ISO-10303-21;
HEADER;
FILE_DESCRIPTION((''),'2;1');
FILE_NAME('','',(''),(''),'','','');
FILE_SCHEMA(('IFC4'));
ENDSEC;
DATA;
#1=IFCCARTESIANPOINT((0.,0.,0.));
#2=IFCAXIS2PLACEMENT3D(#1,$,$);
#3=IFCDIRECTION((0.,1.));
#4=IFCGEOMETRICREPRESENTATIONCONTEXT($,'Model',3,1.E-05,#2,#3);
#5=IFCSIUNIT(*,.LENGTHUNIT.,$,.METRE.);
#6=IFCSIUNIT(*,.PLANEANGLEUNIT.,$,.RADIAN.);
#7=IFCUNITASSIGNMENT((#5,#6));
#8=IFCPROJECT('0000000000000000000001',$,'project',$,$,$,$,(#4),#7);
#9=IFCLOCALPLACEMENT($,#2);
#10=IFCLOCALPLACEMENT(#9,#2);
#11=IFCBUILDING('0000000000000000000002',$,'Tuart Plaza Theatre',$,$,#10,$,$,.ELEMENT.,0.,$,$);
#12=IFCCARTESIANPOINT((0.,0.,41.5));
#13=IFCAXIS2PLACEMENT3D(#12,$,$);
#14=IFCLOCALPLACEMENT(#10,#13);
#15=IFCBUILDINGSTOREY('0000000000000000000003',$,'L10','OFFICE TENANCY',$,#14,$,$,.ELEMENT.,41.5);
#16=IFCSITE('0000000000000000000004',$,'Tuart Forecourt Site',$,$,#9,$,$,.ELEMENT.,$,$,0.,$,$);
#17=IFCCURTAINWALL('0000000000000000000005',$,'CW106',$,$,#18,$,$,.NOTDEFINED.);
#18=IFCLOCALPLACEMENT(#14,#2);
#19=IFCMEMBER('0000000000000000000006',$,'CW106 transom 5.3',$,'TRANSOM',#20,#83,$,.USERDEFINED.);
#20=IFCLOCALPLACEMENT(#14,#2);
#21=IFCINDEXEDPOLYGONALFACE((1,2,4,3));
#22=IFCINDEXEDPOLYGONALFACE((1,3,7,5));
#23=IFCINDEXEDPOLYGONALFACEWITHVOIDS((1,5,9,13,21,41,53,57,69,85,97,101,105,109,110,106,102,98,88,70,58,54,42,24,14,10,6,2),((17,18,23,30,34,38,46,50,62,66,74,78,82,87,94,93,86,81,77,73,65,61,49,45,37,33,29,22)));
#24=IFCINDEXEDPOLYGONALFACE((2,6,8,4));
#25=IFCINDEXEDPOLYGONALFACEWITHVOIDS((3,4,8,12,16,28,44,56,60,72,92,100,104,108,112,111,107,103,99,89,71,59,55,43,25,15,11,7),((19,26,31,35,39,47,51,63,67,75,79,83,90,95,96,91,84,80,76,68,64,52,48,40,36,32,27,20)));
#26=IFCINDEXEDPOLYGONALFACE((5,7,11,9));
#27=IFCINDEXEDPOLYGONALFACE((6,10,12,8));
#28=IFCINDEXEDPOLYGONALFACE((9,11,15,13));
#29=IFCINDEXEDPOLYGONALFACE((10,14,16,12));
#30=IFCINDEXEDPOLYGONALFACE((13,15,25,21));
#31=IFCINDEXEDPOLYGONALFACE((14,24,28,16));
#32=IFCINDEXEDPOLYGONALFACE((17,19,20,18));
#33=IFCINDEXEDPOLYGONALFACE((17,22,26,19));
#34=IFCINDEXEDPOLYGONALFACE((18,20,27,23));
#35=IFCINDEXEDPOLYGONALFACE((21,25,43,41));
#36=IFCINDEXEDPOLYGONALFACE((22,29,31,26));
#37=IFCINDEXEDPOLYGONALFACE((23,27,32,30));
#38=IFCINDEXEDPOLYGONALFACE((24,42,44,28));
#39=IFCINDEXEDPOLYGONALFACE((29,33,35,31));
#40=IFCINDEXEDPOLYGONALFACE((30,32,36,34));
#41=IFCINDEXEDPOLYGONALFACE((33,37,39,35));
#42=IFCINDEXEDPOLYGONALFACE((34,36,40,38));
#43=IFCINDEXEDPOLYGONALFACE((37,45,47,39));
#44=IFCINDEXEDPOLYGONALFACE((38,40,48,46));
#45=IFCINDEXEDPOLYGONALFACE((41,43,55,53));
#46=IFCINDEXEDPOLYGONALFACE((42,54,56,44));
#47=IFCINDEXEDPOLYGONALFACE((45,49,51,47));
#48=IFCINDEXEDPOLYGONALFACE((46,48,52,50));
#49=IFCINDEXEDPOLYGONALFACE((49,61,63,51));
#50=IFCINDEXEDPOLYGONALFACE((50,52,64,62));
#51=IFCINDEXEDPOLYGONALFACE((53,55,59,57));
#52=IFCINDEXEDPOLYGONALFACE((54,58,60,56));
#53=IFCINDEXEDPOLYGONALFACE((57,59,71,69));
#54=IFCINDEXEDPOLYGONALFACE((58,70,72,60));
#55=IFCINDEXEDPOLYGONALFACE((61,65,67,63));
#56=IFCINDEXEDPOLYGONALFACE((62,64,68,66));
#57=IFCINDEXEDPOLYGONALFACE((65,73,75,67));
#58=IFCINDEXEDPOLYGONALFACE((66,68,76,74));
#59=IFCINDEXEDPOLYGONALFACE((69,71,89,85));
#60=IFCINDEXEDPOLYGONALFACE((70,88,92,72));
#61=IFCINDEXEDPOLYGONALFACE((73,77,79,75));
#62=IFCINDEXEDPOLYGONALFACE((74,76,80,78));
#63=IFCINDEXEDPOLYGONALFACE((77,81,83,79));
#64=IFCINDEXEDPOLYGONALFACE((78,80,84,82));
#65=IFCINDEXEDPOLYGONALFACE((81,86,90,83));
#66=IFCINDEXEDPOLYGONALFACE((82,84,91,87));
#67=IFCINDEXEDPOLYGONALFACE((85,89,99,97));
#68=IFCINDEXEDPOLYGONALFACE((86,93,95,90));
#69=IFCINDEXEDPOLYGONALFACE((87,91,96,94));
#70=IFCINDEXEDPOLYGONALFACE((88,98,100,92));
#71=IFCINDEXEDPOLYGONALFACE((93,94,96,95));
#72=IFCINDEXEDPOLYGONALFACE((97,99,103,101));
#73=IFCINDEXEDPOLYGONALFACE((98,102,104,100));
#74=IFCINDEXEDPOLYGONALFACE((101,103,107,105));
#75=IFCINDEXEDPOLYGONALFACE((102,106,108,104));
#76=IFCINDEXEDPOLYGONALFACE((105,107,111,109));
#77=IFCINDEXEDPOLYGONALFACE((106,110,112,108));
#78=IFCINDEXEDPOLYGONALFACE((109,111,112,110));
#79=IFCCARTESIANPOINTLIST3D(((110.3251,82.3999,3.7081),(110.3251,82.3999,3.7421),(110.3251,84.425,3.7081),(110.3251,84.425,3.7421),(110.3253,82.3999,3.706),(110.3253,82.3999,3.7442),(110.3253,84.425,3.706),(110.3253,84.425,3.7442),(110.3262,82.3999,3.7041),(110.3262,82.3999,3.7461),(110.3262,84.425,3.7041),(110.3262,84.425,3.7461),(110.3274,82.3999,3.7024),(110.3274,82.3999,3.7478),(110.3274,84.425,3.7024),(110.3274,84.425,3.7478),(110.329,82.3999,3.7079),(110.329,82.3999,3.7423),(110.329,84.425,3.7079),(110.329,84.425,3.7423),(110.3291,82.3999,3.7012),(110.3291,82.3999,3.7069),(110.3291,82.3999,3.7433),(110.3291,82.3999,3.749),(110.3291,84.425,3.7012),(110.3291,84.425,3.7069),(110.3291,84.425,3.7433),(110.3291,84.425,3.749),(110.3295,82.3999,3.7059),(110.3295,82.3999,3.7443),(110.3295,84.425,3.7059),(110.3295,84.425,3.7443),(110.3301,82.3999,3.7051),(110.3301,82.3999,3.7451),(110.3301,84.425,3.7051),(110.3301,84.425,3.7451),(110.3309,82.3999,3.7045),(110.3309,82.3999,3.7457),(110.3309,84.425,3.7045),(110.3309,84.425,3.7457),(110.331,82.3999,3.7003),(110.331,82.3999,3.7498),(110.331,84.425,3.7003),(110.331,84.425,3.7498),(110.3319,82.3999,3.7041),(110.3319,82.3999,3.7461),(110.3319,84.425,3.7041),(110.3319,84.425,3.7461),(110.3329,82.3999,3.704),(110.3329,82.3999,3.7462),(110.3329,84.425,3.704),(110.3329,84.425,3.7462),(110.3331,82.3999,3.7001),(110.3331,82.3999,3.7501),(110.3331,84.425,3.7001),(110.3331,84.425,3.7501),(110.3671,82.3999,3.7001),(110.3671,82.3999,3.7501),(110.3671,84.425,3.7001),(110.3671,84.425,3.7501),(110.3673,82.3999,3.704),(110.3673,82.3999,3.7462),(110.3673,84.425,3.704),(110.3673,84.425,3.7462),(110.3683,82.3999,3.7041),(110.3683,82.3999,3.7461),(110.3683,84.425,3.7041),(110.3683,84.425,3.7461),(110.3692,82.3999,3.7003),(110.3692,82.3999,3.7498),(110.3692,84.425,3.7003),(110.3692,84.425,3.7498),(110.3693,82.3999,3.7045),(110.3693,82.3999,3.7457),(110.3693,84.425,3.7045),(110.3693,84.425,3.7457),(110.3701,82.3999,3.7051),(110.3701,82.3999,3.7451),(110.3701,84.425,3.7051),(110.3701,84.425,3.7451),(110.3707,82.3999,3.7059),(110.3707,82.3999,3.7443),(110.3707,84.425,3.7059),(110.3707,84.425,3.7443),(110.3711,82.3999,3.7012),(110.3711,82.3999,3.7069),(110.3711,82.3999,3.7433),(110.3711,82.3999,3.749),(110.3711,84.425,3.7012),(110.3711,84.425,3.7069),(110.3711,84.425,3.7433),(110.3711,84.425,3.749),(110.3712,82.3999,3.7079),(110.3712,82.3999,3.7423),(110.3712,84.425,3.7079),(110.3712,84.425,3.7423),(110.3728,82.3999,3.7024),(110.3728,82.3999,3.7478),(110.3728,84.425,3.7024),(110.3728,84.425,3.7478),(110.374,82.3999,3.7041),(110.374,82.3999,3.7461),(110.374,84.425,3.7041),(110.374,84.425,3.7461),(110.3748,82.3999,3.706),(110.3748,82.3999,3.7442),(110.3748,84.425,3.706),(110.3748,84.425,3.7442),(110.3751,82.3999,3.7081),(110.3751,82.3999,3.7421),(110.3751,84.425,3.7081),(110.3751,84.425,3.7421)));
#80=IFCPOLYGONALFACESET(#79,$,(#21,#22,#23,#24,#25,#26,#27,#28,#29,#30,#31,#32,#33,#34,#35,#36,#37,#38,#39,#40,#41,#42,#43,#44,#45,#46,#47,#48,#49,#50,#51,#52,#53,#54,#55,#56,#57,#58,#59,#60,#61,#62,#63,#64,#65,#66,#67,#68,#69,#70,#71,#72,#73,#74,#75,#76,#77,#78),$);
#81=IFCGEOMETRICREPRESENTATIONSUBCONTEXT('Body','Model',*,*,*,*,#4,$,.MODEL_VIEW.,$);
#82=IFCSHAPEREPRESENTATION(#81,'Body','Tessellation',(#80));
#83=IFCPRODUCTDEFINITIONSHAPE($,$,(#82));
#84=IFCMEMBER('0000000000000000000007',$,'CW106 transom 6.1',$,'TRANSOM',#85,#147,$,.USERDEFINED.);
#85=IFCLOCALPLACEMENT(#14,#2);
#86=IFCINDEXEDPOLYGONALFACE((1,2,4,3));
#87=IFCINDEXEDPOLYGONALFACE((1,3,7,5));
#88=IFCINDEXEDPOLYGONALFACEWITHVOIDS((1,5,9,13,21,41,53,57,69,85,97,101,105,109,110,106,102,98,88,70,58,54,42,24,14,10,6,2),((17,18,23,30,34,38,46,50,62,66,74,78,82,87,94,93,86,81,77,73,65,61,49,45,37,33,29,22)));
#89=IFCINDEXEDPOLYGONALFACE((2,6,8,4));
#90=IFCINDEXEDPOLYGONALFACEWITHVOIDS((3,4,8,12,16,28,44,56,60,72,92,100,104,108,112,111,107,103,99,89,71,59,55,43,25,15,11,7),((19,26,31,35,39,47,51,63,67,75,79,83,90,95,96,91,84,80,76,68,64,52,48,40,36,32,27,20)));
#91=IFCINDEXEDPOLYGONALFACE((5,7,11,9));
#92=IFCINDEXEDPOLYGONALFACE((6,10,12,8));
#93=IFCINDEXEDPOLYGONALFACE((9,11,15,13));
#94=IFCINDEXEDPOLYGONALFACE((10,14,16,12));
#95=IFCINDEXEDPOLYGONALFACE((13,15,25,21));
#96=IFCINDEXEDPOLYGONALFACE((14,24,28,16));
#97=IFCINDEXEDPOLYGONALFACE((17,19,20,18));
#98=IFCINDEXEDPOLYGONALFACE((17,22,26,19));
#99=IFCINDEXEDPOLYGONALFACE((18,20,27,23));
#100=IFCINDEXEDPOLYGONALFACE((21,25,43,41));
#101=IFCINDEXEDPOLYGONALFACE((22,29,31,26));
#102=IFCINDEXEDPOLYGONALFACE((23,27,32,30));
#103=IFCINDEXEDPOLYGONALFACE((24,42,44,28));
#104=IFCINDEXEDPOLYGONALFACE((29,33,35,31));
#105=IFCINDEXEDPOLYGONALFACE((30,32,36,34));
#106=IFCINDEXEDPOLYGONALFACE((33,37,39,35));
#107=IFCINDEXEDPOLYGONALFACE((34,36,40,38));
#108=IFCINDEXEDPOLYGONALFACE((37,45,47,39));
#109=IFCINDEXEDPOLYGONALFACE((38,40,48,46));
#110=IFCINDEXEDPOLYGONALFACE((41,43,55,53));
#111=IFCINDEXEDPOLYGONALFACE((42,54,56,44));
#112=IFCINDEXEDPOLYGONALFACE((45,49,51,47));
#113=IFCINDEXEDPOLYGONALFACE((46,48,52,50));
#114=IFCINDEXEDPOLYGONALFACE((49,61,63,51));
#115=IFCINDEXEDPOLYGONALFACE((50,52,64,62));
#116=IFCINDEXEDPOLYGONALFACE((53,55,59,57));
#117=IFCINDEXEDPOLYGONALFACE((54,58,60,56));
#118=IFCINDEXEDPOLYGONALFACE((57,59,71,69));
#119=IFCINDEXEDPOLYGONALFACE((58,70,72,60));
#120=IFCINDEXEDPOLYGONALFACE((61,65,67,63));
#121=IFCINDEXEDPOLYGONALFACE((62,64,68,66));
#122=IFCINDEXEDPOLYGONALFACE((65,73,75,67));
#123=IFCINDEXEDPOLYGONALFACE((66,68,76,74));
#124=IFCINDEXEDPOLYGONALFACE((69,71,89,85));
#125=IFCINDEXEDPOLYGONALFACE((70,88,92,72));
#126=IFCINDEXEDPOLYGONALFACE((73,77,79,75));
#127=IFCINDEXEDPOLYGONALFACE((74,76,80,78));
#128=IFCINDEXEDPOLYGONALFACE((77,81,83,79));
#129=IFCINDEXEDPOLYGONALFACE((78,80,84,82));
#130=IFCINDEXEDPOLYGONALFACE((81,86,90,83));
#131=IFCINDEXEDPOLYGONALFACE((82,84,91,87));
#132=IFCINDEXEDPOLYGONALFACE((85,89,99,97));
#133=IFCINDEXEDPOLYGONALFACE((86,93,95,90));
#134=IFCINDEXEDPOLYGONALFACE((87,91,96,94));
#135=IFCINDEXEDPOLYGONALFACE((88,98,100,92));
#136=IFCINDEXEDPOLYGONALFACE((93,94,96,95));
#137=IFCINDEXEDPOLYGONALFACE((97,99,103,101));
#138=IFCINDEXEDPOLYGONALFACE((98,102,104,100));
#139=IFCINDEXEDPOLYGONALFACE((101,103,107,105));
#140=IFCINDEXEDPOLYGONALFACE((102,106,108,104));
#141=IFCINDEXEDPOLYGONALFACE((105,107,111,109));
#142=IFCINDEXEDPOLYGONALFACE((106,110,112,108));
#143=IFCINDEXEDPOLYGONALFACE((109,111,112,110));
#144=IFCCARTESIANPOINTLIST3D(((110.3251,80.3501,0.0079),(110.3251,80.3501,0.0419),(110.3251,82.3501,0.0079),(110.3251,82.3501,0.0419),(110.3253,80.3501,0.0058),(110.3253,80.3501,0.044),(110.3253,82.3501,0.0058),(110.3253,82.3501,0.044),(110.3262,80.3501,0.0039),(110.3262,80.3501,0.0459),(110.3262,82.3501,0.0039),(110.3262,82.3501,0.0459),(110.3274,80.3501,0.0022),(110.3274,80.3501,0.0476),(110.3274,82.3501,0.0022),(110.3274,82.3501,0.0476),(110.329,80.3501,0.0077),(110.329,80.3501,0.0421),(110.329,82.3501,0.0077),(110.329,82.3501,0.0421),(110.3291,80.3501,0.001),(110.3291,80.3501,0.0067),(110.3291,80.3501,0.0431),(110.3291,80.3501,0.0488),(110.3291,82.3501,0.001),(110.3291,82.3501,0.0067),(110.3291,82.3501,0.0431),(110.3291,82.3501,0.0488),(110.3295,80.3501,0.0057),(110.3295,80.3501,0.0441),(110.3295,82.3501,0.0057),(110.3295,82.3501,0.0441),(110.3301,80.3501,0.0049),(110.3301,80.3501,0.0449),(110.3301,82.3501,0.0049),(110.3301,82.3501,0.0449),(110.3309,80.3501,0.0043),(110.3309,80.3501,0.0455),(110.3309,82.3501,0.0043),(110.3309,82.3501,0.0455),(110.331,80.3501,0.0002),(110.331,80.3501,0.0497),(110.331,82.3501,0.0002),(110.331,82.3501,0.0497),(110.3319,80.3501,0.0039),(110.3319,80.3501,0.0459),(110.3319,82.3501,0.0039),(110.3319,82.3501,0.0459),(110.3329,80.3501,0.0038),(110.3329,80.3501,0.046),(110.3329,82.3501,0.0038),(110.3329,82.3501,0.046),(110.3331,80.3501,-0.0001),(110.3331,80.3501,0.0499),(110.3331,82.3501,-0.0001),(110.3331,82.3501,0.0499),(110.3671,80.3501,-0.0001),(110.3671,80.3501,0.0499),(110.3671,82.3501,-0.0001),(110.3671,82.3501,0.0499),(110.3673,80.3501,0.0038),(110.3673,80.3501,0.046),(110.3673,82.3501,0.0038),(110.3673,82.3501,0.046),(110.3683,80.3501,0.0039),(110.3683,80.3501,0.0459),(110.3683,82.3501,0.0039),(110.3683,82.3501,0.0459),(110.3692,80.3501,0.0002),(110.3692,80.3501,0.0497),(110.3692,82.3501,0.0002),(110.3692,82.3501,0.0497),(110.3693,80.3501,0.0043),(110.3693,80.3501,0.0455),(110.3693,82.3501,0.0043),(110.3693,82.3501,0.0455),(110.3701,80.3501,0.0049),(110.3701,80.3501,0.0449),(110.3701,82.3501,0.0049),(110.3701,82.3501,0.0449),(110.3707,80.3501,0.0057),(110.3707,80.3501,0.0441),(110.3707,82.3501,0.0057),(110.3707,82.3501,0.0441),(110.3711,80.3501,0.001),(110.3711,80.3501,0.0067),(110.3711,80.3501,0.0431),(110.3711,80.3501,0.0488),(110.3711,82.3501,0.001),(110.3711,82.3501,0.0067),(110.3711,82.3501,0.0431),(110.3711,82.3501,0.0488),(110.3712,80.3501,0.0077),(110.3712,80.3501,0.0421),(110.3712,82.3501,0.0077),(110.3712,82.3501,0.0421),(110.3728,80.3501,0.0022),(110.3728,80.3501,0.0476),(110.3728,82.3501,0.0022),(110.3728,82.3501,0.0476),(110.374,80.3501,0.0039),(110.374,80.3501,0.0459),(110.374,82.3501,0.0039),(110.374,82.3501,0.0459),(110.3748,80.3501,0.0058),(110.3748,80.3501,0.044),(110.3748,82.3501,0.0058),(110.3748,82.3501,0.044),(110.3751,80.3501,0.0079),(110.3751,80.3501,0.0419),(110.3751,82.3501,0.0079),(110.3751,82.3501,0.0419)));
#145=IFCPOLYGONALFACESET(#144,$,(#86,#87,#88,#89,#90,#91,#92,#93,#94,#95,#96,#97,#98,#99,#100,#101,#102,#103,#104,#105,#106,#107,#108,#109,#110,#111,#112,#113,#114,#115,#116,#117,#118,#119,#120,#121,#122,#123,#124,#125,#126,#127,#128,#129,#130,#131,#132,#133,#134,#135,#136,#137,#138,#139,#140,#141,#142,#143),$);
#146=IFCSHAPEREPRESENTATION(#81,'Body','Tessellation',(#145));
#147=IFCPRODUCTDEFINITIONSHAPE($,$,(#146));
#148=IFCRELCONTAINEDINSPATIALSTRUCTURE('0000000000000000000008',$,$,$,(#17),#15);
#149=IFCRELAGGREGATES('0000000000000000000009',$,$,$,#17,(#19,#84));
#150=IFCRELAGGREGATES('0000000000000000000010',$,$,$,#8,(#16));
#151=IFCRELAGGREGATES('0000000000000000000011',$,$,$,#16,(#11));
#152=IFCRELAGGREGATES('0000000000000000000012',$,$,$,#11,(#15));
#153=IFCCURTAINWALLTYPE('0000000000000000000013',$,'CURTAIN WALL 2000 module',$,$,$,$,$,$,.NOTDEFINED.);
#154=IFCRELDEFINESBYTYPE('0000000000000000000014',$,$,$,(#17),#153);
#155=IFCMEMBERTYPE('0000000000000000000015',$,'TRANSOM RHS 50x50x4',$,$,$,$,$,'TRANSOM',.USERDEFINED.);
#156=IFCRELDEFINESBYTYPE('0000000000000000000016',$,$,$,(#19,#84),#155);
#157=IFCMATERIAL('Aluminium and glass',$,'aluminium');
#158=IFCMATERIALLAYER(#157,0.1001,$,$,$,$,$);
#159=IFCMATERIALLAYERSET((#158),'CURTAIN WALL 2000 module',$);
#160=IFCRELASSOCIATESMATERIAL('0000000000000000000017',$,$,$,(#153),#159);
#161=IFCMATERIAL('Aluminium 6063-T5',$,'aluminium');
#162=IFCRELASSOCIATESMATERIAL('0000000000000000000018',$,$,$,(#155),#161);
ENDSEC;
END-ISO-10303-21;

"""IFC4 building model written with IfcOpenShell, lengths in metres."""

from ifc_helpers import new_model, si_unit, direction, frame, origin, origin_2d, place, context, subcontext, project, spatial, hollow_rectangle, extrude, material, layer, layer_set, material_profile, profile_set, type_object, element, aggregate, save


model = new_model("IFC4")

# Units and contexts
model_context = context("Model", 3, precision=1e-05, world=origin(), true_north=direction((0.0, 1.0)))
body_context = subcontext(model_context, "Body", "Model", "MODEL_VIEW")
ifc_project = project(units=[si_unit("LENGTHUNIT", "METRE"), si_unit("PLANEANGLEUNIT", "RADIAN")], contexts=[model_context])

# Site, building, storey
site_placement = place(None, origin())
site = spatial("IfcSite", under=ifc_project, at=site_placement, Name="Tuart Forecourt Site", CompositionType="ELEMENT", RefElevation=0.0)
building_placement = place(site_placement, origin())
building = spatial("IfcBuilding", under=site, at=building_placement, Name="Tuart Plaza Theatre", CompositionType="ELEMENT", ElevationOfRefHeight=0.0)
storey_placement = place(building_placement, frame((0.0, 0.0, 41.5)))
storey = spatial("IfcBuildingStorey", under=building, at=storey_placement, Name="L10", Description="OFFICE TENANCY", CompositionType="ELEMENT", Elevation=41.5)

# Curtain wall, members
ifc_material_1 = material(Name="Aluminium and glass", Category="aluminium")
ifc_layer_1 = layer(ifc_material_1, 0.1001)
ifc_layer_set_1 = layer_set([ifc_layer_1], Name="CURTAIN WALL 2000 module")
curtain_wall_type = type_object("IfcCurtainWallType", Name="CURTAIN WALL 2000 module", PredefinedType="NOTDEFINED", material=ifc_layer_set_1)
curtain_wall_1_placement = place(storey_placement, origin())
curtain_wall_1 = element("IfcCurtainWall", 1, at=curtain_wall_1_placement, inside=storey, type_object=curtain_wall_type, Name="CW106", PredefinedType="NOTDEFINED")
ifc_material_2 = material(Name="Aluminium 6063-T5", Category="aluminium")
ifc_material_profile_1 = material_profile(ifc_material_2, hollow_rectangle(XDim=0.05, YDim=0.05, WallThickness=0.0039, InnerFilletRadius=0.0039, OuterFilletRadius=0.0081, at=origin_2d()), Name="RHS 50x50x4")
ifc_profile_set_1 = profile_set([ifc_material_profile_1], Name="Aluminium 6063-T5")
member_type_1 = type_object("IfcMemberType", Name="TRANSOM RHS 50x50x4", ElementType="TRANSOM", PredefinedType="USERDEFINED", material=ifc_profile_set_1)
member_1_placement = place(storey_placement, frame((110.3501, 84.425, 3.7251), z_axis=(0.0, -1.0, 0.0), x_axis=(1.0, 0.0, 0.0)))
member_1 = element("IfcMember", 2, at=member_1_placement, type_object=member_type_1, Name="CW106 transom 5.3", ObjectType="TRANSOM", PredefinedType="USERDEFINED", context=body_context, shape_type="SweptSolid", body=[
    extrude(hollow_rectangle(XDim=0.05, YDim=0.05, WallThickness=0.0039, InnerFilletRadius=0.0039, OuterFilletRadius=0.0081, at=origin_2d()), origin(), (0.0, 0.0, 1.0), 2.0251),
])
member_2_placement = place(storey_placement, frame((110.3501, 82.3501, 0.0249), z_axis=(0.0, -1.0, 0.0), x_axis=(1.0, 0.0, 0.0)))
member_2 = element("IfcMember", 3, at=member_2_placement, type_object=member_type_1, Name="CW106 transom 6.1", ObjectType="TRANSOM", PredefinedType="USERDEFINED", context=body_context, shape_type="SweptSolid", body=[
    extrude(hollow_rectangle(XDim=0.05, YDim=0.05, WallThickness=0.0039, InnerFilletRadius=0.0039, OuterFilletRadius=0.0081, at=origin_2d()), origin(), (0.0, 0.0, 1.0), 2.0),
])

aggregate(curtain_wall_1, [member_1, member_2])

save(model, "model.ifc")
